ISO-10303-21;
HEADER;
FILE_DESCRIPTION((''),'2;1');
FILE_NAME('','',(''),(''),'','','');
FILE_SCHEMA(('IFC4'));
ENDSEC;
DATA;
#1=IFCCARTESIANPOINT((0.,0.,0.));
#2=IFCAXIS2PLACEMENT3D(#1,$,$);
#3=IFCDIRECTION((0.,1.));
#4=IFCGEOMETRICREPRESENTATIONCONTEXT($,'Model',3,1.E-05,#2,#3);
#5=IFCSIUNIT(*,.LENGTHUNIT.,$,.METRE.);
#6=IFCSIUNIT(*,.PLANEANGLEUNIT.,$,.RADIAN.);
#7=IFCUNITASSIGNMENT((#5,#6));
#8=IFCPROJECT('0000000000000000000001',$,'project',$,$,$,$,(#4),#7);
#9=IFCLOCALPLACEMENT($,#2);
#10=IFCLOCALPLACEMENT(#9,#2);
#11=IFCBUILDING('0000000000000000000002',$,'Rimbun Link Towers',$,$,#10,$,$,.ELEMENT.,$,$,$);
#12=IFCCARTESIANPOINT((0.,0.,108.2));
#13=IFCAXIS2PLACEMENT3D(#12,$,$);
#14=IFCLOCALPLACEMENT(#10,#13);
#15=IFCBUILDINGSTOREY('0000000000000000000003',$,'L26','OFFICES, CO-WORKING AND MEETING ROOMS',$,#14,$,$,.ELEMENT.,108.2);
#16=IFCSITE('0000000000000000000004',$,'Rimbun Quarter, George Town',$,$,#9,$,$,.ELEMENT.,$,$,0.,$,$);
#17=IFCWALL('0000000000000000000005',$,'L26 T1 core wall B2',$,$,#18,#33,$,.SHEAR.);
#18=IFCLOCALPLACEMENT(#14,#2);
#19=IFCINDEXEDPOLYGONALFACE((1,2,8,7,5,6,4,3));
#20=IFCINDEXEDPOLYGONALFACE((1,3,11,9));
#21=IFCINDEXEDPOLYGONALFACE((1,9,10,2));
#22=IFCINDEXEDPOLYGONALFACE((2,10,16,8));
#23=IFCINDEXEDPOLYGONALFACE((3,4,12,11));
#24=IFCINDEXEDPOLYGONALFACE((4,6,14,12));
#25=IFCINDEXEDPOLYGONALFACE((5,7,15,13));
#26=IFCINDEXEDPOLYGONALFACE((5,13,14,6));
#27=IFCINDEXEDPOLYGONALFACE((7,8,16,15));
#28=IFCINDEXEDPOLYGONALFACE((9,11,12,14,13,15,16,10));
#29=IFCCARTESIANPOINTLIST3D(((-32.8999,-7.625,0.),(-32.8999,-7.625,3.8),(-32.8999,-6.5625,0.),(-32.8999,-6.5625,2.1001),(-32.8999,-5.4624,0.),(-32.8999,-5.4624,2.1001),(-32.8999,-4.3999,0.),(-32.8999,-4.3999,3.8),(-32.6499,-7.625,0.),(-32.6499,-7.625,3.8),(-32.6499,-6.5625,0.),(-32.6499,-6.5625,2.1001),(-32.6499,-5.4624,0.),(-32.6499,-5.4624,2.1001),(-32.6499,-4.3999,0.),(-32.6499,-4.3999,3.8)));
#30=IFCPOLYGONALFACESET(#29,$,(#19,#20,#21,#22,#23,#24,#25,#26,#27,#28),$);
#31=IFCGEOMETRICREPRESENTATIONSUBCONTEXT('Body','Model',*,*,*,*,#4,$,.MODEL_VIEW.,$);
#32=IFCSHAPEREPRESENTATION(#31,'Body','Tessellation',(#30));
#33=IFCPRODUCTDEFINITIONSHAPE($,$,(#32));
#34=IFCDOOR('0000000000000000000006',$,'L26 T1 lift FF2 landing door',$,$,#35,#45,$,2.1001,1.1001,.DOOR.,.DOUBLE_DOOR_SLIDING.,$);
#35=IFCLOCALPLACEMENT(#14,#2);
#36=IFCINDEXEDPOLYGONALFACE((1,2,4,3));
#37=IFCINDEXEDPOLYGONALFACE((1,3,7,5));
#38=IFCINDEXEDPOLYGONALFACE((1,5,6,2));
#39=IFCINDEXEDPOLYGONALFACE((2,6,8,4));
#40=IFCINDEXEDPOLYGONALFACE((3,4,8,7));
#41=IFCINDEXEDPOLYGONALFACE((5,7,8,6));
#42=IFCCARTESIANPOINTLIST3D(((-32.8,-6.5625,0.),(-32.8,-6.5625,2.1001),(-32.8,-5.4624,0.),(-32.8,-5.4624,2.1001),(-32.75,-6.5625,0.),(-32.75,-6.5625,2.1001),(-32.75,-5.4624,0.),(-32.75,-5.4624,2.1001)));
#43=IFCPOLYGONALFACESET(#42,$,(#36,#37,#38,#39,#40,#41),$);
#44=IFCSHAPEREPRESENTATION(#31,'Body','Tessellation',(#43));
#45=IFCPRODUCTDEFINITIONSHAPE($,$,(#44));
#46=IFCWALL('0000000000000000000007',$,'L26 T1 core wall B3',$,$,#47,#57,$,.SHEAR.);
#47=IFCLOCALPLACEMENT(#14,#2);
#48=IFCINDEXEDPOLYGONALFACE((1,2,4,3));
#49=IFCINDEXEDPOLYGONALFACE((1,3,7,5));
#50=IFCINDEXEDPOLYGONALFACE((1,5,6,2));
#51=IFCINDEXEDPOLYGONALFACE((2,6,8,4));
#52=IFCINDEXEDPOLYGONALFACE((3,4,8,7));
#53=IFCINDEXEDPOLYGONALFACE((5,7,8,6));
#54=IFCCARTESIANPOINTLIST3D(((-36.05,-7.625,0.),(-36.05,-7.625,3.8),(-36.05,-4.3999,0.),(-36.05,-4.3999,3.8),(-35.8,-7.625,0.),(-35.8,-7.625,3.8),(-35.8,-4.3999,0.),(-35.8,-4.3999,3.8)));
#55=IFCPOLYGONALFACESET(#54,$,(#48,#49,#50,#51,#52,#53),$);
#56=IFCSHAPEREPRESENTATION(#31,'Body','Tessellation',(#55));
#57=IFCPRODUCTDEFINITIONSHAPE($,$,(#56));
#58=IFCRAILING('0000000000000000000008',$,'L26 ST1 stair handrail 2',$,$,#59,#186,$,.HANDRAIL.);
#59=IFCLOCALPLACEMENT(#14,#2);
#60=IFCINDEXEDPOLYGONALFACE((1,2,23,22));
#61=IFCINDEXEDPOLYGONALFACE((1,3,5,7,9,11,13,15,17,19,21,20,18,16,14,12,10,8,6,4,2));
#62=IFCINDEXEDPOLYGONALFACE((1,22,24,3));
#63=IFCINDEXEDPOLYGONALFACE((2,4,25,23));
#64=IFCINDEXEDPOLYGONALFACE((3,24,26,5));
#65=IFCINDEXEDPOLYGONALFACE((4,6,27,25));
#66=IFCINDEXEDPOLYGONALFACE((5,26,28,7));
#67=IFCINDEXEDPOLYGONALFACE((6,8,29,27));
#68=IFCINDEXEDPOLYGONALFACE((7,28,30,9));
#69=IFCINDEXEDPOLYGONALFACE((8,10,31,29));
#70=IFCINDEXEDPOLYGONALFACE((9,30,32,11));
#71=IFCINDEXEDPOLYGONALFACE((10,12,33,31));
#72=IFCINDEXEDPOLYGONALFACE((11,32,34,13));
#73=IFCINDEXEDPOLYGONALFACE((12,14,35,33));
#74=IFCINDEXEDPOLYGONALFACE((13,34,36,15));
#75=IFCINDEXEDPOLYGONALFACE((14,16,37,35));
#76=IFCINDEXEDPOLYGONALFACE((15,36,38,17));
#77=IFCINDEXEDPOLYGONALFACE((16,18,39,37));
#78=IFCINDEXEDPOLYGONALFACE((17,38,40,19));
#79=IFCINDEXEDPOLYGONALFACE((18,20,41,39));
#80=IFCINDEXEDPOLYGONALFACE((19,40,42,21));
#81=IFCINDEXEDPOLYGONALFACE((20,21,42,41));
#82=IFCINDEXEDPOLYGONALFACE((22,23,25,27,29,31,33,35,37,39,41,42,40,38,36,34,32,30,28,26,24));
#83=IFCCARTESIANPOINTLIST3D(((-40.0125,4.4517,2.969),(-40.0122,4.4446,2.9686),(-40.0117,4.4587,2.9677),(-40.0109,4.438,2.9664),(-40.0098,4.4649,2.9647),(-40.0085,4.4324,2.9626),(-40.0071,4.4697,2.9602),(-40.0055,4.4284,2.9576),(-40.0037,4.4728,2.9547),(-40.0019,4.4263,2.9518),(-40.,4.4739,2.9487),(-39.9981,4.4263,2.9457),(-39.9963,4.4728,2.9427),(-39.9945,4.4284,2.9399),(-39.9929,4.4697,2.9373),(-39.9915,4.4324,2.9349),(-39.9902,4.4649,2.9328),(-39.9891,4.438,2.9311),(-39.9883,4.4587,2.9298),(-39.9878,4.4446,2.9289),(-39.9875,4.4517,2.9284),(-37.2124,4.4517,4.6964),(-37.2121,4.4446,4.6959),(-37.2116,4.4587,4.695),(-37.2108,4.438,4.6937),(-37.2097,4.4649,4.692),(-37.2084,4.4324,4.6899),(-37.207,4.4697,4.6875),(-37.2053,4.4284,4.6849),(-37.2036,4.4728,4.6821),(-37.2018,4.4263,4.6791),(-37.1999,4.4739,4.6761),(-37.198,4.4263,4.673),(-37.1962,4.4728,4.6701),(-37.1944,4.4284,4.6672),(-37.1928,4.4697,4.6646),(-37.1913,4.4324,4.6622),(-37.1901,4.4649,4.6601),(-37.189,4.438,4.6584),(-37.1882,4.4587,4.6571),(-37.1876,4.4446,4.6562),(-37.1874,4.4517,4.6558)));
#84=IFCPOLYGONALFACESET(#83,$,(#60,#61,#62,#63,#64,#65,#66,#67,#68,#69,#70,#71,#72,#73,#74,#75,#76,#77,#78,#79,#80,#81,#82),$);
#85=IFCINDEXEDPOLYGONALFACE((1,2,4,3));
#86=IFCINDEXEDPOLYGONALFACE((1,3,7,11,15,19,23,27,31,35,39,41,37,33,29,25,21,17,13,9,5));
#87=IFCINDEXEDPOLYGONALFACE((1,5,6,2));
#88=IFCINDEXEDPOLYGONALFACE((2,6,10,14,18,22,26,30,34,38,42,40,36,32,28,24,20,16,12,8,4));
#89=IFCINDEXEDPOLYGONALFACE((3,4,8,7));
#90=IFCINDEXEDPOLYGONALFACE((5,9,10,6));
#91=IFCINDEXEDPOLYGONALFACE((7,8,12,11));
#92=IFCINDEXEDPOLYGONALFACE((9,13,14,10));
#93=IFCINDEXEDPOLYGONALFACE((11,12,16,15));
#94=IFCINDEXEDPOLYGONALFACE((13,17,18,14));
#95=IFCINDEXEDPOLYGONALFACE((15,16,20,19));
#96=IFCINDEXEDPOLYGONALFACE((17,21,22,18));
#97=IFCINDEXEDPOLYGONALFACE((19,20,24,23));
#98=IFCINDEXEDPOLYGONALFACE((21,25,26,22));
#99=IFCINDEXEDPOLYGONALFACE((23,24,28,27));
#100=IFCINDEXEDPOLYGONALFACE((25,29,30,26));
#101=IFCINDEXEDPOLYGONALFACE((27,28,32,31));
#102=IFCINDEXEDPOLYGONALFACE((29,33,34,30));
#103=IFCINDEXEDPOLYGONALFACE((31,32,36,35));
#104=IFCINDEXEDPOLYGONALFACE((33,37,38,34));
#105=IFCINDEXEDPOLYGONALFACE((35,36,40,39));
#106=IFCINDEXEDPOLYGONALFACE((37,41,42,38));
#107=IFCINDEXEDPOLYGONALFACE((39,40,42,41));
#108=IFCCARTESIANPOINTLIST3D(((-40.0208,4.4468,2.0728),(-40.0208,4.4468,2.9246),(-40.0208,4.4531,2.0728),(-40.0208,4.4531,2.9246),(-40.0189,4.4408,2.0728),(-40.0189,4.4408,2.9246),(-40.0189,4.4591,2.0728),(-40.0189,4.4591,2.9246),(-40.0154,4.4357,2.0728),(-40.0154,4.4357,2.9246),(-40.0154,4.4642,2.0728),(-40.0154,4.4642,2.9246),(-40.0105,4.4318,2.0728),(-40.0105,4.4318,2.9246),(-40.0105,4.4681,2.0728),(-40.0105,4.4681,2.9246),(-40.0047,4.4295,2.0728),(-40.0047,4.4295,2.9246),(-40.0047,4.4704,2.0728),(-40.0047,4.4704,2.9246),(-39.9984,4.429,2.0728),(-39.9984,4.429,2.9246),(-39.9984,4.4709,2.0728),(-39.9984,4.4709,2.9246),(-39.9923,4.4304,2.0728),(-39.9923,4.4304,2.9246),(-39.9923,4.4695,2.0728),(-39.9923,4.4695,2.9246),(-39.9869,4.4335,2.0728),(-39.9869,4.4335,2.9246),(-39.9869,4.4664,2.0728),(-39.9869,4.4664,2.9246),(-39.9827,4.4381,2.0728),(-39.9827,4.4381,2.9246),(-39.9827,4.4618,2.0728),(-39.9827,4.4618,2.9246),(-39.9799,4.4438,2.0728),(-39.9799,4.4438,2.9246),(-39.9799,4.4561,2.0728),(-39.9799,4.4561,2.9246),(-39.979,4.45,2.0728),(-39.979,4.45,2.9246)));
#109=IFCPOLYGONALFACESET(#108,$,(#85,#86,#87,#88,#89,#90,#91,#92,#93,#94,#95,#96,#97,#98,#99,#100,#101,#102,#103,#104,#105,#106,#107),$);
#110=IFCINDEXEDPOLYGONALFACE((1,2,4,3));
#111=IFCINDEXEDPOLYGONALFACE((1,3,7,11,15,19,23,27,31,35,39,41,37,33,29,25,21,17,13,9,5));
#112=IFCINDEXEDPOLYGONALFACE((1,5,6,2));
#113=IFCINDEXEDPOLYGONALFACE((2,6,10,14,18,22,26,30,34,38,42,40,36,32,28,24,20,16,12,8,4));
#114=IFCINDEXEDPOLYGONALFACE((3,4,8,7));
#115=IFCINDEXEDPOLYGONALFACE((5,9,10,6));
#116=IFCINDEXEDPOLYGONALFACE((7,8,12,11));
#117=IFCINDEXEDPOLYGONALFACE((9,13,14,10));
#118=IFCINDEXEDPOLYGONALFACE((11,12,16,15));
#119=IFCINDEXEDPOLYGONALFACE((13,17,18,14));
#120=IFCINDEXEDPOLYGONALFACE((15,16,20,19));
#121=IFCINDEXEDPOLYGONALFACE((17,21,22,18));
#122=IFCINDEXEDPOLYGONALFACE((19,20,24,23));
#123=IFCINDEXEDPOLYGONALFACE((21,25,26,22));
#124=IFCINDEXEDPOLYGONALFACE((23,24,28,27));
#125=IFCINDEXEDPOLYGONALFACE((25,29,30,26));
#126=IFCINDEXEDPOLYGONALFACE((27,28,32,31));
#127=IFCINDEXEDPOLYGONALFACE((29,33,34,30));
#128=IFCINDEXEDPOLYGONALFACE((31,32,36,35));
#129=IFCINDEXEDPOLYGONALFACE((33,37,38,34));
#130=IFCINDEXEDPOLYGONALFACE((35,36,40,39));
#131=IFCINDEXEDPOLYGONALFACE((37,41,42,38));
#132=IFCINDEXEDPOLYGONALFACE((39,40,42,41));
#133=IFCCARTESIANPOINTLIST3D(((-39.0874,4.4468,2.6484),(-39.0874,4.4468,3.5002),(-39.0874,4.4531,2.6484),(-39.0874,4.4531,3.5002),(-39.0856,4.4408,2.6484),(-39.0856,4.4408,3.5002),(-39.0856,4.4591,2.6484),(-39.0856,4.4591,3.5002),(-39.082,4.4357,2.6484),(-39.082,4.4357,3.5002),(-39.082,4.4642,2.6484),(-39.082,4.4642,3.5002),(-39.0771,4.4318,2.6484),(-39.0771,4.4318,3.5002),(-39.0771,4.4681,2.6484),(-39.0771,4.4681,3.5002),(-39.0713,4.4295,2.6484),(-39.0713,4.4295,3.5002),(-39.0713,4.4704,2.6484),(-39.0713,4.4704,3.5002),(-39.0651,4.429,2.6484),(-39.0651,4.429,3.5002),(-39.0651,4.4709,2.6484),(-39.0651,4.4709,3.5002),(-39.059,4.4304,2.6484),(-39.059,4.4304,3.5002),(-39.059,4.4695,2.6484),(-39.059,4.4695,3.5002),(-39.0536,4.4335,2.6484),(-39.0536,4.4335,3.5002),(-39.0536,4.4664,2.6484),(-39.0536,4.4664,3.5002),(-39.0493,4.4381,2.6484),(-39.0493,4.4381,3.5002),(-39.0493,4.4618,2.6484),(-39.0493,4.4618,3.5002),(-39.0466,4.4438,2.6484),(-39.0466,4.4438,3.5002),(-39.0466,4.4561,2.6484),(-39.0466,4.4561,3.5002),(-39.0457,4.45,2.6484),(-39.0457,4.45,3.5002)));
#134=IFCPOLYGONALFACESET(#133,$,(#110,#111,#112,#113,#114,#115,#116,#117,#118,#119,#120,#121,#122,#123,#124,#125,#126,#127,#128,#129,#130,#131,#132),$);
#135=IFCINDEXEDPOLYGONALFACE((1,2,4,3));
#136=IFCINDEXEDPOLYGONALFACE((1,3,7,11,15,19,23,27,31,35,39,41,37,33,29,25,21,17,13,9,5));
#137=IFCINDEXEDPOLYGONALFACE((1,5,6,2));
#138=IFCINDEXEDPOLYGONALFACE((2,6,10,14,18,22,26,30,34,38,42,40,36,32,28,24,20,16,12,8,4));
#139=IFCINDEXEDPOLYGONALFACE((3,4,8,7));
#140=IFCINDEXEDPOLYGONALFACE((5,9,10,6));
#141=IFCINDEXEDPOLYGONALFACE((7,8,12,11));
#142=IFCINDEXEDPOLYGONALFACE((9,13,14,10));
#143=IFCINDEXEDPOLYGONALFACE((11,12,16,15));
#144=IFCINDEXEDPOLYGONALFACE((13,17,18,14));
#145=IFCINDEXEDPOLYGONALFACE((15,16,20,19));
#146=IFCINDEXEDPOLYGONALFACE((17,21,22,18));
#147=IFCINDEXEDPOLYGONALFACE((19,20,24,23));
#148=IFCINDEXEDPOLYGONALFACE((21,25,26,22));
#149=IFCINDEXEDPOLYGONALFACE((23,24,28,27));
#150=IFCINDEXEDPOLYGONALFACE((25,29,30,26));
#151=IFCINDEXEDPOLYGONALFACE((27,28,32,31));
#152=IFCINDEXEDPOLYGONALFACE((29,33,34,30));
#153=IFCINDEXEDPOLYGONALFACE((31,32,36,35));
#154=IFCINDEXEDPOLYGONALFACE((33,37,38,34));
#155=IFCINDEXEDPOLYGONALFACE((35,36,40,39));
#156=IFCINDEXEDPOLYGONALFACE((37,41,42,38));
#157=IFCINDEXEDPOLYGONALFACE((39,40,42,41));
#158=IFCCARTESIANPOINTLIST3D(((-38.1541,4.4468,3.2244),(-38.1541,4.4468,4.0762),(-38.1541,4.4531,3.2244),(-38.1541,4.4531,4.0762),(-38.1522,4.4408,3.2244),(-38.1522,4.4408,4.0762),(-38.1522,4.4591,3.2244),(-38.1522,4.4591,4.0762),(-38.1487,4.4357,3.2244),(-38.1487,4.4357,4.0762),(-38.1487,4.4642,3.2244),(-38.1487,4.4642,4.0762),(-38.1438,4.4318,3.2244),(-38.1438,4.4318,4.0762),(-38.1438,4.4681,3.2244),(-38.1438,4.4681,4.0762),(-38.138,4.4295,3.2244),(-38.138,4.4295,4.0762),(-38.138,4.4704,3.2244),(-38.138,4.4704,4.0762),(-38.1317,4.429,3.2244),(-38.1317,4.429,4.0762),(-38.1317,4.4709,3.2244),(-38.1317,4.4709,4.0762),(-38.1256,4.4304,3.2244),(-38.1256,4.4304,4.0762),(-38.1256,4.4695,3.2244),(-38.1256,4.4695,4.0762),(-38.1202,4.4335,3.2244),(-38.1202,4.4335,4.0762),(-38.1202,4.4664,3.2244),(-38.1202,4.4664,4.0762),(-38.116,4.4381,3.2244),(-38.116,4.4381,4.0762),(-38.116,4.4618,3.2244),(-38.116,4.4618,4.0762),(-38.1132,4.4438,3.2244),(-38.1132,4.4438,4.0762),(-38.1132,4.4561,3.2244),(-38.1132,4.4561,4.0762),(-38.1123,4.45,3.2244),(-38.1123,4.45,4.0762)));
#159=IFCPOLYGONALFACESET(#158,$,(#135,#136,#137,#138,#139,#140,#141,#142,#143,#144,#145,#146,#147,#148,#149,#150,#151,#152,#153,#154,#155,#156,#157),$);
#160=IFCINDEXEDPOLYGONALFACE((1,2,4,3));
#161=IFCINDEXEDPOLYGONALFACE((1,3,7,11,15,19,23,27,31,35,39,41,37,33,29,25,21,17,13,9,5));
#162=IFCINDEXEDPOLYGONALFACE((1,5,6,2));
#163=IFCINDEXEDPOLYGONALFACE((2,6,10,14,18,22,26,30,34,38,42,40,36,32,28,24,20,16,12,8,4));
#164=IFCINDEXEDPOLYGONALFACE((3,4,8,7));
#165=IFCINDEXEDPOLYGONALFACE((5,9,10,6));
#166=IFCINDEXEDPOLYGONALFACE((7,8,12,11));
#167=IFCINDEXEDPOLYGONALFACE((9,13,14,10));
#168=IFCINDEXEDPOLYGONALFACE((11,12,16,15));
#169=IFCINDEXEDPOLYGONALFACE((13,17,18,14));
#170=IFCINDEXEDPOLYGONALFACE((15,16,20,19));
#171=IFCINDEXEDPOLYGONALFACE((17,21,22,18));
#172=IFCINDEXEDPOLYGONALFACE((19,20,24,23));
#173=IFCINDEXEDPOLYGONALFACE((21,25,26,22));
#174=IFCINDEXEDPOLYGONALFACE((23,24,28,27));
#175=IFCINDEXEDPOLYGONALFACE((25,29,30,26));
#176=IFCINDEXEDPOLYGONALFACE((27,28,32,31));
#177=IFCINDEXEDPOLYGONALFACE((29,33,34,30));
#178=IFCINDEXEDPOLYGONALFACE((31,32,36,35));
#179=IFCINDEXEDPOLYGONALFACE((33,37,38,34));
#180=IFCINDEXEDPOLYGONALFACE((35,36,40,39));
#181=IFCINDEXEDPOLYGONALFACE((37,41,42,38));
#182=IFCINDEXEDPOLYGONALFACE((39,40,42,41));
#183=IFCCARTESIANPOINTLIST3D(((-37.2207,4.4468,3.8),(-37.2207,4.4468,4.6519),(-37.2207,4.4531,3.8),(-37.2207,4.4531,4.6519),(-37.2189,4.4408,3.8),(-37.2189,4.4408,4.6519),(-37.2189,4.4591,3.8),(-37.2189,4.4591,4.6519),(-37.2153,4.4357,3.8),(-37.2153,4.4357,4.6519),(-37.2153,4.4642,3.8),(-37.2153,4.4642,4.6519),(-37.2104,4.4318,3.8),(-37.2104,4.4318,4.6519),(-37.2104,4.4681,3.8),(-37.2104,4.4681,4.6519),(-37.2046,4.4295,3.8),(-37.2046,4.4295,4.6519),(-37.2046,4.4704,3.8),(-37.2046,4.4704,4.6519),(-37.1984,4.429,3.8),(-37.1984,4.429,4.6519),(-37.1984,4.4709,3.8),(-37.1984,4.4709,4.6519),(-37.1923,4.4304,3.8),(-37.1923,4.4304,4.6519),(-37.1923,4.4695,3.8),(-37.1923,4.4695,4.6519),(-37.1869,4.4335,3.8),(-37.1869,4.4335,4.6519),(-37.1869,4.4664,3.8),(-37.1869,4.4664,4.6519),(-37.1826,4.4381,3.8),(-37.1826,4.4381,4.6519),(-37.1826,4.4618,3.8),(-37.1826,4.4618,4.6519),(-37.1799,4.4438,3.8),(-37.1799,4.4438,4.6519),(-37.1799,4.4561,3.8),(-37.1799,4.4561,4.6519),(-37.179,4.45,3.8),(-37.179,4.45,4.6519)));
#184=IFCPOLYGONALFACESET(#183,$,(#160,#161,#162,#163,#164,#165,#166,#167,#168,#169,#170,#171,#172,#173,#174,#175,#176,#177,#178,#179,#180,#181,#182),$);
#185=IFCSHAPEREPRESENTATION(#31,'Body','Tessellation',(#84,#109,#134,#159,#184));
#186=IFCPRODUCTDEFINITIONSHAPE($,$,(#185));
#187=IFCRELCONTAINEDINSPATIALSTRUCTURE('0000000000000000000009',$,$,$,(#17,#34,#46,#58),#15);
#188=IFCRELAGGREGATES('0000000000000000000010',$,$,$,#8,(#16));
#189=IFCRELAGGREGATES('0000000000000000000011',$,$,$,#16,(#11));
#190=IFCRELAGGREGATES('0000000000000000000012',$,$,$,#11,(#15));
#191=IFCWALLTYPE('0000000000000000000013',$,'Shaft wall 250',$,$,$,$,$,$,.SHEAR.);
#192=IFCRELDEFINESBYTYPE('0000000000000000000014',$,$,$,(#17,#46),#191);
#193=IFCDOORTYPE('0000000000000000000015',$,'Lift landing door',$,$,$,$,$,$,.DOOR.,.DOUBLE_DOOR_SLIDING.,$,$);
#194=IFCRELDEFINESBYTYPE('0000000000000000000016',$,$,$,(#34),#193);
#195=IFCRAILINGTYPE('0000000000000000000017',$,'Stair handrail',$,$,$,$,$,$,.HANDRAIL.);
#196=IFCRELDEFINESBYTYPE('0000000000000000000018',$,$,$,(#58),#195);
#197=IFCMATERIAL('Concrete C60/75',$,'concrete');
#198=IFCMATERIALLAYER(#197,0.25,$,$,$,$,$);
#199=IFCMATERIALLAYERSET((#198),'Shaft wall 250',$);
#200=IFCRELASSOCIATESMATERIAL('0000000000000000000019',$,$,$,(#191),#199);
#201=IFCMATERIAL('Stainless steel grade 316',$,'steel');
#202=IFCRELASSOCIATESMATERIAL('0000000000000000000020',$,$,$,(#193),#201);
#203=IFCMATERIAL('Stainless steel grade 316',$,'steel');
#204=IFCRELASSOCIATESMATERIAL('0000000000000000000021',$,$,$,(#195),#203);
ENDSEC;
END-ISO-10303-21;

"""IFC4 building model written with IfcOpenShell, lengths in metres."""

from ifc_helpers import new_model, si_unit, direction, frame, frame_2d, origin, origin_2d, place, context, subcontext, project, spatial, rectangle, circle, extrude, material, layer, layer_set, type_object, element, fill, save


model = new_model("IFC4")

# Units and contexts
model_context = context("Model", 3, precision=1e-05, world=origin(), true_north=direction((0.0, 1.0)))
body_context = subcontext(model_context, "Body", "Model", "MODEL_VIEW")
ifc_project = project(units=[si_unit("LENGTHUNIT", "METRE"), si_unit("PLANEANGLEUNIT", "RADIAN")], contexts=[model_context])

# Site, building, storey
site_placement = place(None, origin())
site = spatial("IfcSite", under=ifc_project, at=site_placement, Name="Rimbun Quarter, George Town", CompositionType="ELEMENT", RefElevation=0.0)
building_placement = place(site_placement, origin())
building = spatial("IfcBuilding", under=site, at=building_placement, Name="Rimbun Link Towers", CompositionType="ELEMENT")
storey_placement = place(building_placement, frame((0.0, 0.0, 108.2)))
storey = spatial("IfcBuildingStorey", under=building, at=storey_placement, Name="L26", Description="OFFICES, CO-WORKING AND MEETING ROOMS", CompositionType="ELEMENT", Elevation=108.2)

# Shared definitions
ifc_material_1 = material(Name="Concrete C60/75", Category="concrete")
ifc_layer_1 = layer(ifc_material_1, 0.25)
ifc_layer_set_1 = layer_set([ifc_layer_1], Name="Shaft wall 250")
wall_type_1 = type_object("IfcWallType", Name="Shaft wall 250", PredefinedType="SHEAR", material=ifc_layer_set_1)

# Wall, opening, door
ifc_material_2 = material(Name="Stainless steel grade 316", Category="steel")
door_type_1 = type_object("IfcDoorType", Name="Lift landing door", OperationType="DOUBLE_DOOR_SLIDING", PredefinedType="DOOR", material=ifc_material_2)
wall_1_placement = place(storey_placement, frame((-32.7749, -4.3999, 0.0), z_axis=(0.0, 0.0, 1.0), x_axis=(0.0, -1.0, 0.0)))
wall_1 = element("IfcWall", 1, at=wall_1_placement, inside=storey, type_object=wall_type_1, Name="L26 T1 core wall B2", PredefinedType="SHEAR", context=body_context, shape_type="SweptSolid", body=[
    extrude(rectangle(XDim=3.2251, YDim=0.25, at=frame_2d((1.6125, 0.0))), origin(), (0.0, 0.0, 1.0), 3.8),
])
opening_1_placement = place(wall_1_placement, frame((1.0625, 0.0, 0.0)))
opening_1 = element("IfcOpeningElement", 2, at=opening_1_placement, cuts=wall_1, PredefinedType="OPENING", context=body_context, shape_type="SweptSolid", body=[
    extrude(rectangle(XDim=1.1001, YDim=2.1001, at=frame_2d((0.55, 1.05))), frame((0.0, 0.135, 0.0), z_axis=(0.0, -1.0, 0.0), x_axis=(1.0, 0.0, 0.0)), (0.0, 0.0, 1.0), 0.27),
])
door_1_placement = place(opening_1_placement, origin())
door_1 = element("IfcDoor", 3, at=door_1_placement, inside=storey, type_object=door_type_1, Name="L26 T1 lift FF2 landing door", OperationType="DOUBLE_DOOR_SLIDING", OverallHeight=2.1001, OverallWidth=1.1001, PredefinedType="DOOR", context=body_context, shape_type="SweptSolid", body=[
    extrude(rectangle(XDim=1.1001, YDim=2.1001, at=frame_2d((0.55, 1.05))), frame((0.0, 0.0249, 0.0), z_axis=(0.0, -1.0, 0.0), x_axis=(1.0, 0.0, 0.0)), (0.0, 0.0, 1.0), 0.05),
])
fill(opening_1, door_1)

# Wall
wall_2_placement = place(storey_placement, frame((-35.925, -4.3999, 0.0), z_axis=(0.0, 0.0, 1.0), x_axis=(0.0, -1.0, 0.0)))
element("IfcWall", 4, at=wall_2_placement, inside=storey, type_object=wall_type_1, Name="L26 T1 core wall B3", PredefinedType="SHEAR", context=body_context, shape_type="SweptSolid", body=[
    extrude(rectangle(XDim=3.2251, YDim=0.25, at=frame_2d((1.6125, 0.0))), origin(), (0.0, 0.0, 1.0), 3.8),
])

# Railing
ifc_material_3 = material(Name="Stainless steel grade 316", Category="steel")
railing_type = type_object("IfcRailingType", Name="Stair handrail", PredefinedType="HANDRAIL", material=ifc_material_3)
railing_placement = place(storey_placement, frame((-40.0, 4.45, 2.0728)))
element("IfcRailing", 5, at=railing_placement, inside=storey, type_object=railing_type, Name="L26 ST1 stair handrail 2", PredefinedType="HANDRAIL", context=body_context, shape_type="SweptSolid", body=[
    extrude(circle(Radius=0.0239, at=origin_2d()), frame((0.0, 0.0, 0.876), z_axis=(0.85109, 0.0, 0.52502), x_axis=(0.0, 1.0, 0.0)), (0.0, 0.0, 1.0), 3.29),
    extrude(circle(Radius=0.021, at=origin_2d()), origin(), (0.0, 0.0, 1.0), 0.8518),
    extrude(circle(Radius=0.021, at=origin_2d()), frame((0.9333, 0.0, 0.5757)), (0.0, 0.0, 1.0), 0.8518),
    extrude(circle(Radius=0.021, at=origin_2d()), frame((1.8667, 0.0, 1.1516)), (0.0, 0.0, 1.0), 0.8518),
    extrude(circle(Radius=0.021, at=origin_2d()), frame((2.8, 0.0, 1.7273)), (0.0, 0.0, 1.0), 0.8518),
])

save(model, "model.ifc")
